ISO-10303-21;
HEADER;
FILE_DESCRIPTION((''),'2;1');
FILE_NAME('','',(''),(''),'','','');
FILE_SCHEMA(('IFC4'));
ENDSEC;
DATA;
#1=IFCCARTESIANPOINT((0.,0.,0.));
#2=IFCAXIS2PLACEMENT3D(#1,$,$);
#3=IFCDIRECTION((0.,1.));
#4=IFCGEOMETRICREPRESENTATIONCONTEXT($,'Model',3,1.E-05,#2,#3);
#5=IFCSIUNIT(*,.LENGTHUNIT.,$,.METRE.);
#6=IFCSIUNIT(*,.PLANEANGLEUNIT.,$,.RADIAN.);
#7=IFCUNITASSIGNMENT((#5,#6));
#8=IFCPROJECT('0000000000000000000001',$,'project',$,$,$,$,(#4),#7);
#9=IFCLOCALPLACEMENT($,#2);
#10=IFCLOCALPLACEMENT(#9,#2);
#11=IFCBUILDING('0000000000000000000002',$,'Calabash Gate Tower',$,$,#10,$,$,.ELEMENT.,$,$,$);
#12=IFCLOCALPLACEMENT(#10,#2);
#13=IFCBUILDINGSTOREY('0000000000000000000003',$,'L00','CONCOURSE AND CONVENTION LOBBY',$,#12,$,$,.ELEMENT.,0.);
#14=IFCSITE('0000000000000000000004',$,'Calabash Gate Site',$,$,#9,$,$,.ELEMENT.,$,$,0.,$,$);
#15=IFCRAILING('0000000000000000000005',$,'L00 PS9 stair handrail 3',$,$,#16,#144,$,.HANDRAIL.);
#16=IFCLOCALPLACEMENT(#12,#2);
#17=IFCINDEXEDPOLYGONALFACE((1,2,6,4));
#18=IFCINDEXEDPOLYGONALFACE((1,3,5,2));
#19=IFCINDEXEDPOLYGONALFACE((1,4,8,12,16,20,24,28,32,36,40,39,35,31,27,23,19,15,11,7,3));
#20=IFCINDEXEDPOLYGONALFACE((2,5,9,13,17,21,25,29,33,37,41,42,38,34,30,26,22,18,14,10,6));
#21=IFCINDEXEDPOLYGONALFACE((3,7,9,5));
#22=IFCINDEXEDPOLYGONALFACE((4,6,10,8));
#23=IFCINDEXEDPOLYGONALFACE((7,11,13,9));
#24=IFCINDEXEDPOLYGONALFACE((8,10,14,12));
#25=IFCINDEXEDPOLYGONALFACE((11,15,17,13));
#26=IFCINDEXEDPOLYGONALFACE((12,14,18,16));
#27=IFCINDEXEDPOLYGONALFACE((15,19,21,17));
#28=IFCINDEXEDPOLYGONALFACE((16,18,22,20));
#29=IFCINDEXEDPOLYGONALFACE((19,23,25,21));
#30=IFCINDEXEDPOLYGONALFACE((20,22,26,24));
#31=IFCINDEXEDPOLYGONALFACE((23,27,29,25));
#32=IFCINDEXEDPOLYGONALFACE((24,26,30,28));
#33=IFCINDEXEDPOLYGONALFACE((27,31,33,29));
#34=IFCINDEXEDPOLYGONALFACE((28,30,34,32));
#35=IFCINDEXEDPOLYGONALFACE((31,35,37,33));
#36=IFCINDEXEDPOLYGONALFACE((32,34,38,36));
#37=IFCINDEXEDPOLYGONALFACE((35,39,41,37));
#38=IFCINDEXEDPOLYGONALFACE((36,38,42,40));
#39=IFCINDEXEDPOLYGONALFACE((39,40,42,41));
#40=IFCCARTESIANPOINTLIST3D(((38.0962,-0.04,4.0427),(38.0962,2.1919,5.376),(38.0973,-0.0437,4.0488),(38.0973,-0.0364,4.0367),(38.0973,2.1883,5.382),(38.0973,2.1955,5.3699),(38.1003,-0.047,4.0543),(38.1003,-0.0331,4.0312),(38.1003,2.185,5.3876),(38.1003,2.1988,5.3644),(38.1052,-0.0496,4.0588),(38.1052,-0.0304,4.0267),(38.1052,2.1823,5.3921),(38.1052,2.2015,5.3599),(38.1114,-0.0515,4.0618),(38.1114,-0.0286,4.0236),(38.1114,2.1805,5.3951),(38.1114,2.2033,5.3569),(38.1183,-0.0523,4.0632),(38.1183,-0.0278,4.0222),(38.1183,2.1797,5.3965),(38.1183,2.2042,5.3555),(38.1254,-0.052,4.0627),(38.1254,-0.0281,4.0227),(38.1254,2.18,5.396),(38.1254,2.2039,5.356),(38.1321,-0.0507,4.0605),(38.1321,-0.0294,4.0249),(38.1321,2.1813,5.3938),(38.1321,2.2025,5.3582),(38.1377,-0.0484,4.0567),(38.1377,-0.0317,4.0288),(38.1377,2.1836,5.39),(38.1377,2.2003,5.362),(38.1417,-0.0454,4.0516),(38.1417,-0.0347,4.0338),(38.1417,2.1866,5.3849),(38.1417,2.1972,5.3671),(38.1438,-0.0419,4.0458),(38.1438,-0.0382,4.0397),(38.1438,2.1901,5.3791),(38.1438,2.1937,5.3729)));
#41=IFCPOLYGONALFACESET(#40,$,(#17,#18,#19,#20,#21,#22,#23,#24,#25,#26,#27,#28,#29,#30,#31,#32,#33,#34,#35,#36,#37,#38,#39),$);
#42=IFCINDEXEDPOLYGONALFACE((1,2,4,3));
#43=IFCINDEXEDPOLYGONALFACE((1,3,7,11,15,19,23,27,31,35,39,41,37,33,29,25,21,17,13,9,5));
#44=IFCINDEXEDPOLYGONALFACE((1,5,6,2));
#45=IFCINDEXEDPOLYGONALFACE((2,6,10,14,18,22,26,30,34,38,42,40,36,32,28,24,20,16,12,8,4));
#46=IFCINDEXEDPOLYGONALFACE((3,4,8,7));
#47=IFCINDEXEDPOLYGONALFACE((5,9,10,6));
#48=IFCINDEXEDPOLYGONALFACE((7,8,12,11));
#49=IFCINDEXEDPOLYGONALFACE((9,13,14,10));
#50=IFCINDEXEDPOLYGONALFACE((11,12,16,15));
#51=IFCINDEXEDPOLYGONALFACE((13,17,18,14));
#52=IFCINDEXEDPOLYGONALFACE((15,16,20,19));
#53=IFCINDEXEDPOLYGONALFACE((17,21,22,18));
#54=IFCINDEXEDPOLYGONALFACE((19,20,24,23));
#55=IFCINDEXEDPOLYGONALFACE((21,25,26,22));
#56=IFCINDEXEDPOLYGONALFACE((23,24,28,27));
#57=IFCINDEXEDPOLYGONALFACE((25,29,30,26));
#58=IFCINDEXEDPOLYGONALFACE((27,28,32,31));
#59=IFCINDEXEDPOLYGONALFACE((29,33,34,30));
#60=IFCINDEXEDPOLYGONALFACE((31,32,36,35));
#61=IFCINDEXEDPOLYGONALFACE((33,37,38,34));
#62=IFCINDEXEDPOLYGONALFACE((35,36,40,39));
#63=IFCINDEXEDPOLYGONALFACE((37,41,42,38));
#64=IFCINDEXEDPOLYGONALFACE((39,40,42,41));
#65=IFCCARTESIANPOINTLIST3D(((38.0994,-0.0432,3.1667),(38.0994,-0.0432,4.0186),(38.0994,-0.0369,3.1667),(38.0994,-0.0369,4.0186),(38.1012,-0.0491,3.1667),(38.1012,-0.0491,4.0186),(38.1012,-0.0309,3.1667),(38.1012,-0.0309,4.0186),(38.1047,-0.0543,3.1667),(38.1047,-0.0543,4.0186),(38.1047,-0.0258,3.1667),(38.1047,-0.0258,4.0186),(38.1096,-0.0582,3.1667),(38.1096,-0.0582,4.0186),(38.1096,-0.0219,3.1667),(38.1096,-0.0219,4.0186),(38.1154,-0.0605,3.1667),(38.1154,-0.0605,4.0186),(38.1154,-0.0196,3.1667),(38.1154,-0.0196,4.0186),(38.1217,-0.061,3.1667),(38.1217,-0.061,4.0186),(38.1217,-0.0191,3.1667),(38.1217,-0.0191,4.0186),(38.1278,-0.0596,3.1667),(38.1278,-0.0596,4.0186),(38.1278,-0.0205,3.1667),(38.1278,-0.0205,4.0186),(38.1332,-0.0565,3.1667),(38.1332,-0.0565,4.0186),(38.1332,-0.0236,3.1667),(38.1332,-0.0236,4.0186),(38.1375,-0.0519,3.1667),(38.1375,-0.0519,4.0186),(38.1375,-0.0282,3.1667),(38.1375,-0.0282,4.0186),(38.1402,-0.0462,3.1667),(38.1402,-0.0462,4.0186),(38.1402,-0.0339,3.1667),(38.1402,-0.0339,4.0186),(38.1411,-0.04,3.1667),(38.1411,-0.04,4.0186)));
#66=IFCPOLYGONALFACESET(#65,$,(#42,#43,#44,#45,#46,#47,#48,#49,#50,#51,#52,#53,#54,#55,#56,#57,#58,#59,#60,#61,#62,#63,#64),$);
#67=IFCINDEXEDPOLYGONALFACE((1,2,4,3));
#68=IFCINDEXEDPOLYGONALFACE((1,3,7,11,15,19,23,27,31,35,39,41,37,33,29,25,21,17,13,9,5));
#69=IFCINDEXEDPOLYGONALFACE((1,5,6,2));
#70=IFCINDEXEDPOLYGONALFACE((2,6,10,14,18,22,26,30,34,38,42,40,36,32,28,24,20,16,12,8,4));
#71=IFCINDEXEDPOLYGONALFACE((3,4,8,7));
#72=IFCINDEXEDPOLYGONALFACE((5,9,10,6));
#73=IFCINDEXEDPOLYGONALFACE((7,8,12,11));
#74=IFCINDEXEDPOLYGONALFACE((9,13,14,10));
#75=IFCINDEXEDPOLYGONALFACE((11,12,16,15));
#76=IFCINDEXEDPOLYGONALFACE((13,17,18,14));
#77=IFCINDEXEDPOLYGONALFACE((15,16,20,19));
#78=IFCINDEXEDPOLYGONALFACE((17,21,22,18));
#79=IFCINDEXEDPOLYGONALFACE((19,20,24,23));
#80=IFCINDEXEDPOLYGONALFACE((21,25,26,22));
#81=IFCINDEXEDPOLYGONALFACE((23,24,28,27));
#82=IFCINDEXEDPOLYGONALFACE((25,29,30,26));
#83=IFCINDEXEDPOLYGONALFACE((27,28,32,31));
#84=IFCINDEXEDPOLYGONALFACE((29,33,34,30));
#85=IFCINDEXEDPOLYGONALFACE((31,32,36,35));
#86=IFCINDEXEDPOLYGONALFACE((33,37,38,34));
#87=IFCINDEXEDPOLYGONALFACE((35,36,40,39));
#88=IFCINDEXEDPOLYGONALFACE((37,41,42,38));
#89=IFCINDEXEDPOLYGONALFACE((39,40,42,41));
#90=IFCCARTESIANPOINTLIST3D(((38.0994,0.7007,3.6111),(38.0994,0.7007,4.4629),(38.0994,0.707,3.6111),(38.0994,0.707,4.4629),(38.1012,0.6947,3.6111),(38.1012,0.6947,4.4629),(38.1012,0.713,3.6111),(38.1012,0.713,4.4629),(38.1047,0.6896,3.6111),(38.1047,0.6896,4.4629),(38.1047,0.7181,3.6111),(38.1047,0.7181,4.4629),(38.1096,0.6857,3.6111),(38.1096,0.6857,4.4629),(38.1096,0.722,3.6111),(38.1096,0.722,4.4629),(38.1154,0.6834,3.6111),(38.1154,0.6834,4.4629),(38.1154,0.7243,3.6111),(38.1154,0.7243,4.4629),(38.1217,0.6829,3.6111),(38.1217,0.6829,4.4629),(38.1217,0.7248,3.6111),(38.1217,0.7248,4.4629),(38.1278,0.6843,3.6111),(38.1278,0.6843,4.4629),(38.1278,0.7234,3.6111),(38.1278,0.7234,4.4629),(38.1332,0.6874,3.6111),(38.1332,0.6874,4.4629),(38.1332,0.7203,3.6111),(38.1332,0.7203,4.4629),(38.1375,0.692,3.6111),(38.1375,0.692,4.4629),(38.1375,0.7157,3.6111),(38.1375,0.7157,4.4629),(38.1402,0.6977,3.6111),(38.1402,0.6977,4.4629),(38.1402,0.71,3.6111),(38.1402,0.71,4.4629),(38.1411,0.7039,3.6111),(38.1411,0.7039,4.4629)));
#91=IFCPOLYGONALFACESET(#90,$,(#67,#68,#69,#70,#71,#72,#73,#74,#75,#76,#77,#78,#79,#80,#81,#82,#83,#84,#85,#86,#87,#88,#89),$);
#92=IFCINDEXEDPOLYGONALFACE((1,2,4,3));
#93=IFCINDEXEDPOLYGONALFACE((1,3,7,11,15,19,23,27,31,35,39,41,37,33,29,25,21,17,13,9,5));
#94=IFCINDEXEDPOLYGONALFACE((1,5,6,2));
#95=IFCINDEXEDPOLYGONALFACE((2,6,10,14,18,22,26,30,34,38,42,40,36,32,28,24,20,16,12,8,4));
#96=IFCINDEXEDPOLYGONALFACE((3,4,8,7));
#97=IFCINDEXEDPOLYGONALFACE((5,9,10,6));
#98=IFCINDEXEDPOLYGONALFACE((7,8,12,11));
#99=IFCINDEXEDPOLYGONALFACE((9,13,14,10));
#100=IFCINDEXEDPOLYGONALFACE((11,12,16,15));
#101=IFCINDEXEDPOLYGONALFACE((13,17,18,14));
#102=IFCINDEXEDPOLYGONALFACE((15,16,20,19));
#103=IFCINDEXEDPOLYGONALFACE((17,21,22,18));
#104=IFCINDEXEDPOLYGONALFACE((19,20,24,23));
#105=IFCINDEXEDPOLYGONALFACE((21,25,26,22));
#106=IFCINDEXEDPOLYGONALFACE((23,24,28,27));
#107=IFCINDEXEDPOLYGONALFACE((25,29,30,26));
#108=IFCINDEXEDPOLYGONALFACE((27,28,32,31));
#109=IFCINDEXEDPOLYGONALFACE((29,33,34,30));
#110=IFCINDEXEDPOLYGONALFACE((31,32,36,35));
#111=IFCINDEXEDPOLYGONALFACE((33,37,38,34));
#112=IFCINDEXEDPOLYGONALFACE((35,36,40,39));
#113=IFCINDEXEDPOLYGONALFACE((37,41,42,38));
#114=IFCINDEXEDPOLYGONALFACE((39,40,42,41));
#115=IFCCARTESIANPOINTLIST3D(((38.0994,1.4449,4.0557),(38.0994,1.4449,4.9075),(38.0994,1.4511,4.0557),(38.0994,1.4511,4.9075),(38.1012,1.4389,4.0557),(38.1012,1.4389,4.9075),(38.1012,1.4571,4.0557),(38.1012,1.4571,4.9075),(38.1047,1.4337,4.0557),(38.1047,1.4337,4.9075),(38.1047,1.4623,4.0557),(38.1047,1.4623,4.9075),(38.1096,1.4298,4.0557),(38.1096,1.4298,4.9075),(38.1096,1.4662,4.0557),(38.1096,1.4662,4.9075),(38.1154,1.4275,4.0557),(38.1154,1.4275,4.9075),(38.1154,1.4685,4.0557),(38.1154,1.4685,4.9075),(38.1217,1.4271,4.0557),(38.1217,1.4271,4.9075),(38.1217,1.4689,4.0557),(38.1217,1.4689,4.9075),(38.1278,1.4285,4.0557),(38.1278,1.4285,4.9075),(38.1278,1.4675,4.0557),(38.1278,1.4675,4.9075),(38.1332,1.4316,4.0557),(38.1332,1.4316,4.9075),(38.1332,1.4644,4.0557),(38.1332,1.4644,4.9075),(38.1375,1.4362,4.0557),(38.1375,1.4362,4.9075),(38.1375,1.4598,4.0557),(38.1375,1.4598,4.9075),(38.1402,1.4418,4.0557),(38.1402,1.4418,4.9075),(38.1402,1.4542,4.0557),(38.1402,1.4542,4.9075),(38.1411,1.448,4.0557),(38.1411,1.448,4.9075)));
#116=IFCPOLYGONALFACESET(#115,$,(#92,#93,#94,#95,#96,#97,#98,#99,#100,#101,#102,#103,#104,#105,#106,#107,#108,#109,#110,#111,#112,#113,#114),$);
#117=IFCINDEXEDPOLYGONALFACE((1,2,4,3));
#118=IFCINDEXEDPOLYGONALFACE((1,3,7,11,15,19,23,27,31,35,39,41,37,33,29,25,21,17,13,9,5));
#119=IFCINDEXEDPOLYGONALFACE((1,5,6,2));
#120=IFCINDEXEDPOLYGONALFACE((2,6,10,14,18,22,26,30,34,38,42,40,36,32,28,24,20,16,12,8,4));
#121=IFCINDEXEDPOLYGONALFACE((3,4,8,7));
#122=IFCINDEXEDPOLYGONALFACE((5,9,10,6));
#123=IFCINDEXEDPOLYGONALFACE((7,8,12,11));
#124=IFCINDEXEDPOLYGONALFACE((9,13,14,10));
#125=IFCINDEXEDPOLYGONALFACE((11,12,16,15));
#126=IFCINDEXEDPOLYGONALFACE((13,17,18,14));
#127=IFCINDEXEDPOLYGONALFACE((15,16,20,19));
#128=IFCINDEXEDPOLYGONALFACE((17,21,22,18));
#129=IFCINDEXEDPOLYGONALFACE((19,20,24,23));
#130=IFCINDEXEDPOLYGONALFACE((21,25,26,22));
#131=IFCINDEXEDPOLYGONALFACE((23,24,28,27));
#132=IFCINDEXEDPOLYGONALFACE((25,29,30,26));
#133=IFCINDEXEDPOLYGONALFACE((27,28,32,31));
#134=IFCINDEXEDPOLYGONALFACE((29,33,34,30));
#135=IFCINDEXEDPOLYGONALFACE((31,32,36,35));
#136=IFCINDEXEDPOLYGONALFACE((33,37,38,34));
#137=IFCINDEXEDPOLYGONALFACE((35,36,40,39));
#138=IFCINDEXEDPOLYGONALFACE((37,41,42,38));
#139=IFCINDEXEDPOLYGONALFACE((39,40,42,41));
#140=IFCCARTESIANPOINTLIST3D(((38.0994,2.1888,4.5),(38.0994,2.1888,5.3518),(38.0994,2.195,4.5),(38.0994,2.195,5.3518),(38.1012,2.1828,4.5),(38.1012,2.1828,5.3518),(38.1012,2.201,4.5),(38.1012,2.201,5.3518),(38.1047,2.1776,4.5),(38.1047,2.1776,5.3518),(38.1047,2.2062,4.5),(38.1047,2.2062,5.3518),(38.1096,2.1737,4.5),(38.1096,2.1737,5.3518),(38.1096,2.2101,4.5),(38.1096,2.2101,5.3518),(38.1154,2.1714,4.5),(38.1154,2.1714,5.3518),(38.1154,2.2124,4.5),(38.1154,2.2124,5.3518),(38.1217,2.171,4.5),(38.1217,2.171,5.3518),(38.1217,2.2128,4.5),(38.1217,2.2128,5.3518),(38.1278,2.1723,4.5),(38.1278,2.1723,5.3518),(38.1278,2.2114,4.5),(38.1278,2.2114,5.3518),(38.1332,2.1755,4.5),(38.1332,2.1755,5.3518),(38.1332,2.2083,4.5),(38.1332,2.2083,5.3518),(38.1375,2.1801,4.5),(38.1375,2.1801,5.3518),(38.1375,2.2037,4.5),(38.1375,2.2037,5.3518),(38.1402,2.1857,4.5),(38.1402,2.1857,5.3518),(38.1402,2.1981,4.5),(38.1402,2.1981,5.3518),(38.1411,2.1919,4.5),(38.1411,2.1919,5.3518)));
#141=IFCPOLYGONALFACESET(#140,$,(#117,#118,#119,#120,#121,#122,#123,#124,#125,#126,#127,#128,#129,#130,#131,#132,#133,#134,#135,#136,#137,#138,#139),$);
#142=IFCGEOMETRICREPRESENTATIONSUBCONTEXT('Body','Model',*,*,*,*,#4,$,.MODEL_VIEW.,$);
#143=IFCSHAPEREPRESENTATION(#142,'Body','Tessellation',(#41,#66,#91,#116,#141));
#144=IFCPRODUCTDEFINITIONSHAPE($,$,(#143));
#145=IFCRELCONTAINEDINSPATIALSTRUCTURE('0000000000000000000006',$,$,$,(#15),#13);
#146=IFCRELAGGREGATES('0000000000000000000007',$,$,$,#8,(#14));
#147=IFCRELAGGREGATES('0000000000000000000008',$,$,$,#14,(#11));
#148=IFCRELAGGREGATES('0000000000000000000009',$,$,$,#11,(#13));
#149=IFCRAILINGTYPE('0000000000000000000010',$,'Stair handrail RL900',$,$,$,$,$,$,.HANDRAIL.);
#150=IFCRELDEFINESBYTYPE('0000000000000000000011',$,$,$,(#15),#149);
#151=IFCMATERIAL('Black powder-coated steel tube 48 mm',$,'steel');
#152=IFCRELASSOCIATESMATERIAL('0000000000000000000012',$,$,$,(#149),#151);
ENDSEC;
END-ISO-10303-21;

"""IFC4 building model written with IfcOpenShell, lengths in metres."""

from ifc_helpers import new_model, si_unit, direction, frame, origin, origin_2d, place, context, subcontext, project, spatial, circle, extrude, material, type_object, element, save


model = new_model("IFC4")

# Units and contexts
model_context = context("Model", 3, precision=1e-05, world=origin(), true_north=direction((0.0, 1.0)))
body_context = subcontext(model_context, "Body", "Model", "MODEL_VIEW")
ifc_project = project(units=[si_unit("LENGTHUNIT", "METRE"), si_unit("PLANEANGLEUNIT", "RADIAN")], contexts=[model_context])

# Site, building, storey
site_placement = place(None, origin())
site = spatial("IfcSite", under=ifc_project, at=site_placement, Name="Calabash Gate Site", CompositionType="ELEMENT", RefElevation=0.0)
building_placement = place(site_placement, origin())
building = spatial("IfcBuilding", under=site, at=building_placement, Name="Calabash Gate Tower", CompositionType="ELEMENT")
storey_placement = place(building_placement, origin())
storey = spatial("IfcBuildingStorey", under=building, at=storey_placement, Name="L00", Description="CONCOURSE AND CONVENTION LOBBY", CompositionType="ELEMENT", Elevation=0.0)

# Railing
ifc_material_1 = material(Name="Black powder-coated steel tube 48 mm", Category="steel")
railing_type_1 = type_object("IfcRailingType", Name="Stair handrail RL900", PredefinedType="HANDRAIL", material=ifc_material_1)
railing_1_placement = place(storey_placement, frame((38.1201, -0.04, 3.1667)))
element("IfcRailing", 1, at=railing_1_placement, inside=storey, type_object=railing_type_1, Name="L00 PS9 stair handrail 3", PredefinedType="HANDRAIL", context=body_context, shape_type="SweptSolid", body=[
    extrude(circle(Radius=0.0239, at=origin_2d()), frame((0.0, 0.0, 0.876), z_axis=(0.0, 0.858494, 0.512824), x_axis=(-1.0, 0.0, 0.0)), (0.0, 0.0, 1.0), 2.5999),
    extrude(circle(Radius=0.021, at=origin_2d()), origin(), (0.0, 0.0, 1.0), 0.8518),
    extrude(circle(Radius=0.021, at=origin_2d()), frame((0.0, 0.7439, 0.4443)), (0.0, 0.0, 1.0), 0.8518),
    extrude(circle(Radius=0.021, at=origin_2d()), frame((0.0, 1.488, 0.8889)), (0.0, 0.0, 1.0), 0.8518),
    extrude(circle(Radius=0.021, at=origin_2d()), frame((0.0, 2.2319, 1.3333)), (0.0, 0.0, 1.0), 0.8518),
])

save(model, "model.ifc")
